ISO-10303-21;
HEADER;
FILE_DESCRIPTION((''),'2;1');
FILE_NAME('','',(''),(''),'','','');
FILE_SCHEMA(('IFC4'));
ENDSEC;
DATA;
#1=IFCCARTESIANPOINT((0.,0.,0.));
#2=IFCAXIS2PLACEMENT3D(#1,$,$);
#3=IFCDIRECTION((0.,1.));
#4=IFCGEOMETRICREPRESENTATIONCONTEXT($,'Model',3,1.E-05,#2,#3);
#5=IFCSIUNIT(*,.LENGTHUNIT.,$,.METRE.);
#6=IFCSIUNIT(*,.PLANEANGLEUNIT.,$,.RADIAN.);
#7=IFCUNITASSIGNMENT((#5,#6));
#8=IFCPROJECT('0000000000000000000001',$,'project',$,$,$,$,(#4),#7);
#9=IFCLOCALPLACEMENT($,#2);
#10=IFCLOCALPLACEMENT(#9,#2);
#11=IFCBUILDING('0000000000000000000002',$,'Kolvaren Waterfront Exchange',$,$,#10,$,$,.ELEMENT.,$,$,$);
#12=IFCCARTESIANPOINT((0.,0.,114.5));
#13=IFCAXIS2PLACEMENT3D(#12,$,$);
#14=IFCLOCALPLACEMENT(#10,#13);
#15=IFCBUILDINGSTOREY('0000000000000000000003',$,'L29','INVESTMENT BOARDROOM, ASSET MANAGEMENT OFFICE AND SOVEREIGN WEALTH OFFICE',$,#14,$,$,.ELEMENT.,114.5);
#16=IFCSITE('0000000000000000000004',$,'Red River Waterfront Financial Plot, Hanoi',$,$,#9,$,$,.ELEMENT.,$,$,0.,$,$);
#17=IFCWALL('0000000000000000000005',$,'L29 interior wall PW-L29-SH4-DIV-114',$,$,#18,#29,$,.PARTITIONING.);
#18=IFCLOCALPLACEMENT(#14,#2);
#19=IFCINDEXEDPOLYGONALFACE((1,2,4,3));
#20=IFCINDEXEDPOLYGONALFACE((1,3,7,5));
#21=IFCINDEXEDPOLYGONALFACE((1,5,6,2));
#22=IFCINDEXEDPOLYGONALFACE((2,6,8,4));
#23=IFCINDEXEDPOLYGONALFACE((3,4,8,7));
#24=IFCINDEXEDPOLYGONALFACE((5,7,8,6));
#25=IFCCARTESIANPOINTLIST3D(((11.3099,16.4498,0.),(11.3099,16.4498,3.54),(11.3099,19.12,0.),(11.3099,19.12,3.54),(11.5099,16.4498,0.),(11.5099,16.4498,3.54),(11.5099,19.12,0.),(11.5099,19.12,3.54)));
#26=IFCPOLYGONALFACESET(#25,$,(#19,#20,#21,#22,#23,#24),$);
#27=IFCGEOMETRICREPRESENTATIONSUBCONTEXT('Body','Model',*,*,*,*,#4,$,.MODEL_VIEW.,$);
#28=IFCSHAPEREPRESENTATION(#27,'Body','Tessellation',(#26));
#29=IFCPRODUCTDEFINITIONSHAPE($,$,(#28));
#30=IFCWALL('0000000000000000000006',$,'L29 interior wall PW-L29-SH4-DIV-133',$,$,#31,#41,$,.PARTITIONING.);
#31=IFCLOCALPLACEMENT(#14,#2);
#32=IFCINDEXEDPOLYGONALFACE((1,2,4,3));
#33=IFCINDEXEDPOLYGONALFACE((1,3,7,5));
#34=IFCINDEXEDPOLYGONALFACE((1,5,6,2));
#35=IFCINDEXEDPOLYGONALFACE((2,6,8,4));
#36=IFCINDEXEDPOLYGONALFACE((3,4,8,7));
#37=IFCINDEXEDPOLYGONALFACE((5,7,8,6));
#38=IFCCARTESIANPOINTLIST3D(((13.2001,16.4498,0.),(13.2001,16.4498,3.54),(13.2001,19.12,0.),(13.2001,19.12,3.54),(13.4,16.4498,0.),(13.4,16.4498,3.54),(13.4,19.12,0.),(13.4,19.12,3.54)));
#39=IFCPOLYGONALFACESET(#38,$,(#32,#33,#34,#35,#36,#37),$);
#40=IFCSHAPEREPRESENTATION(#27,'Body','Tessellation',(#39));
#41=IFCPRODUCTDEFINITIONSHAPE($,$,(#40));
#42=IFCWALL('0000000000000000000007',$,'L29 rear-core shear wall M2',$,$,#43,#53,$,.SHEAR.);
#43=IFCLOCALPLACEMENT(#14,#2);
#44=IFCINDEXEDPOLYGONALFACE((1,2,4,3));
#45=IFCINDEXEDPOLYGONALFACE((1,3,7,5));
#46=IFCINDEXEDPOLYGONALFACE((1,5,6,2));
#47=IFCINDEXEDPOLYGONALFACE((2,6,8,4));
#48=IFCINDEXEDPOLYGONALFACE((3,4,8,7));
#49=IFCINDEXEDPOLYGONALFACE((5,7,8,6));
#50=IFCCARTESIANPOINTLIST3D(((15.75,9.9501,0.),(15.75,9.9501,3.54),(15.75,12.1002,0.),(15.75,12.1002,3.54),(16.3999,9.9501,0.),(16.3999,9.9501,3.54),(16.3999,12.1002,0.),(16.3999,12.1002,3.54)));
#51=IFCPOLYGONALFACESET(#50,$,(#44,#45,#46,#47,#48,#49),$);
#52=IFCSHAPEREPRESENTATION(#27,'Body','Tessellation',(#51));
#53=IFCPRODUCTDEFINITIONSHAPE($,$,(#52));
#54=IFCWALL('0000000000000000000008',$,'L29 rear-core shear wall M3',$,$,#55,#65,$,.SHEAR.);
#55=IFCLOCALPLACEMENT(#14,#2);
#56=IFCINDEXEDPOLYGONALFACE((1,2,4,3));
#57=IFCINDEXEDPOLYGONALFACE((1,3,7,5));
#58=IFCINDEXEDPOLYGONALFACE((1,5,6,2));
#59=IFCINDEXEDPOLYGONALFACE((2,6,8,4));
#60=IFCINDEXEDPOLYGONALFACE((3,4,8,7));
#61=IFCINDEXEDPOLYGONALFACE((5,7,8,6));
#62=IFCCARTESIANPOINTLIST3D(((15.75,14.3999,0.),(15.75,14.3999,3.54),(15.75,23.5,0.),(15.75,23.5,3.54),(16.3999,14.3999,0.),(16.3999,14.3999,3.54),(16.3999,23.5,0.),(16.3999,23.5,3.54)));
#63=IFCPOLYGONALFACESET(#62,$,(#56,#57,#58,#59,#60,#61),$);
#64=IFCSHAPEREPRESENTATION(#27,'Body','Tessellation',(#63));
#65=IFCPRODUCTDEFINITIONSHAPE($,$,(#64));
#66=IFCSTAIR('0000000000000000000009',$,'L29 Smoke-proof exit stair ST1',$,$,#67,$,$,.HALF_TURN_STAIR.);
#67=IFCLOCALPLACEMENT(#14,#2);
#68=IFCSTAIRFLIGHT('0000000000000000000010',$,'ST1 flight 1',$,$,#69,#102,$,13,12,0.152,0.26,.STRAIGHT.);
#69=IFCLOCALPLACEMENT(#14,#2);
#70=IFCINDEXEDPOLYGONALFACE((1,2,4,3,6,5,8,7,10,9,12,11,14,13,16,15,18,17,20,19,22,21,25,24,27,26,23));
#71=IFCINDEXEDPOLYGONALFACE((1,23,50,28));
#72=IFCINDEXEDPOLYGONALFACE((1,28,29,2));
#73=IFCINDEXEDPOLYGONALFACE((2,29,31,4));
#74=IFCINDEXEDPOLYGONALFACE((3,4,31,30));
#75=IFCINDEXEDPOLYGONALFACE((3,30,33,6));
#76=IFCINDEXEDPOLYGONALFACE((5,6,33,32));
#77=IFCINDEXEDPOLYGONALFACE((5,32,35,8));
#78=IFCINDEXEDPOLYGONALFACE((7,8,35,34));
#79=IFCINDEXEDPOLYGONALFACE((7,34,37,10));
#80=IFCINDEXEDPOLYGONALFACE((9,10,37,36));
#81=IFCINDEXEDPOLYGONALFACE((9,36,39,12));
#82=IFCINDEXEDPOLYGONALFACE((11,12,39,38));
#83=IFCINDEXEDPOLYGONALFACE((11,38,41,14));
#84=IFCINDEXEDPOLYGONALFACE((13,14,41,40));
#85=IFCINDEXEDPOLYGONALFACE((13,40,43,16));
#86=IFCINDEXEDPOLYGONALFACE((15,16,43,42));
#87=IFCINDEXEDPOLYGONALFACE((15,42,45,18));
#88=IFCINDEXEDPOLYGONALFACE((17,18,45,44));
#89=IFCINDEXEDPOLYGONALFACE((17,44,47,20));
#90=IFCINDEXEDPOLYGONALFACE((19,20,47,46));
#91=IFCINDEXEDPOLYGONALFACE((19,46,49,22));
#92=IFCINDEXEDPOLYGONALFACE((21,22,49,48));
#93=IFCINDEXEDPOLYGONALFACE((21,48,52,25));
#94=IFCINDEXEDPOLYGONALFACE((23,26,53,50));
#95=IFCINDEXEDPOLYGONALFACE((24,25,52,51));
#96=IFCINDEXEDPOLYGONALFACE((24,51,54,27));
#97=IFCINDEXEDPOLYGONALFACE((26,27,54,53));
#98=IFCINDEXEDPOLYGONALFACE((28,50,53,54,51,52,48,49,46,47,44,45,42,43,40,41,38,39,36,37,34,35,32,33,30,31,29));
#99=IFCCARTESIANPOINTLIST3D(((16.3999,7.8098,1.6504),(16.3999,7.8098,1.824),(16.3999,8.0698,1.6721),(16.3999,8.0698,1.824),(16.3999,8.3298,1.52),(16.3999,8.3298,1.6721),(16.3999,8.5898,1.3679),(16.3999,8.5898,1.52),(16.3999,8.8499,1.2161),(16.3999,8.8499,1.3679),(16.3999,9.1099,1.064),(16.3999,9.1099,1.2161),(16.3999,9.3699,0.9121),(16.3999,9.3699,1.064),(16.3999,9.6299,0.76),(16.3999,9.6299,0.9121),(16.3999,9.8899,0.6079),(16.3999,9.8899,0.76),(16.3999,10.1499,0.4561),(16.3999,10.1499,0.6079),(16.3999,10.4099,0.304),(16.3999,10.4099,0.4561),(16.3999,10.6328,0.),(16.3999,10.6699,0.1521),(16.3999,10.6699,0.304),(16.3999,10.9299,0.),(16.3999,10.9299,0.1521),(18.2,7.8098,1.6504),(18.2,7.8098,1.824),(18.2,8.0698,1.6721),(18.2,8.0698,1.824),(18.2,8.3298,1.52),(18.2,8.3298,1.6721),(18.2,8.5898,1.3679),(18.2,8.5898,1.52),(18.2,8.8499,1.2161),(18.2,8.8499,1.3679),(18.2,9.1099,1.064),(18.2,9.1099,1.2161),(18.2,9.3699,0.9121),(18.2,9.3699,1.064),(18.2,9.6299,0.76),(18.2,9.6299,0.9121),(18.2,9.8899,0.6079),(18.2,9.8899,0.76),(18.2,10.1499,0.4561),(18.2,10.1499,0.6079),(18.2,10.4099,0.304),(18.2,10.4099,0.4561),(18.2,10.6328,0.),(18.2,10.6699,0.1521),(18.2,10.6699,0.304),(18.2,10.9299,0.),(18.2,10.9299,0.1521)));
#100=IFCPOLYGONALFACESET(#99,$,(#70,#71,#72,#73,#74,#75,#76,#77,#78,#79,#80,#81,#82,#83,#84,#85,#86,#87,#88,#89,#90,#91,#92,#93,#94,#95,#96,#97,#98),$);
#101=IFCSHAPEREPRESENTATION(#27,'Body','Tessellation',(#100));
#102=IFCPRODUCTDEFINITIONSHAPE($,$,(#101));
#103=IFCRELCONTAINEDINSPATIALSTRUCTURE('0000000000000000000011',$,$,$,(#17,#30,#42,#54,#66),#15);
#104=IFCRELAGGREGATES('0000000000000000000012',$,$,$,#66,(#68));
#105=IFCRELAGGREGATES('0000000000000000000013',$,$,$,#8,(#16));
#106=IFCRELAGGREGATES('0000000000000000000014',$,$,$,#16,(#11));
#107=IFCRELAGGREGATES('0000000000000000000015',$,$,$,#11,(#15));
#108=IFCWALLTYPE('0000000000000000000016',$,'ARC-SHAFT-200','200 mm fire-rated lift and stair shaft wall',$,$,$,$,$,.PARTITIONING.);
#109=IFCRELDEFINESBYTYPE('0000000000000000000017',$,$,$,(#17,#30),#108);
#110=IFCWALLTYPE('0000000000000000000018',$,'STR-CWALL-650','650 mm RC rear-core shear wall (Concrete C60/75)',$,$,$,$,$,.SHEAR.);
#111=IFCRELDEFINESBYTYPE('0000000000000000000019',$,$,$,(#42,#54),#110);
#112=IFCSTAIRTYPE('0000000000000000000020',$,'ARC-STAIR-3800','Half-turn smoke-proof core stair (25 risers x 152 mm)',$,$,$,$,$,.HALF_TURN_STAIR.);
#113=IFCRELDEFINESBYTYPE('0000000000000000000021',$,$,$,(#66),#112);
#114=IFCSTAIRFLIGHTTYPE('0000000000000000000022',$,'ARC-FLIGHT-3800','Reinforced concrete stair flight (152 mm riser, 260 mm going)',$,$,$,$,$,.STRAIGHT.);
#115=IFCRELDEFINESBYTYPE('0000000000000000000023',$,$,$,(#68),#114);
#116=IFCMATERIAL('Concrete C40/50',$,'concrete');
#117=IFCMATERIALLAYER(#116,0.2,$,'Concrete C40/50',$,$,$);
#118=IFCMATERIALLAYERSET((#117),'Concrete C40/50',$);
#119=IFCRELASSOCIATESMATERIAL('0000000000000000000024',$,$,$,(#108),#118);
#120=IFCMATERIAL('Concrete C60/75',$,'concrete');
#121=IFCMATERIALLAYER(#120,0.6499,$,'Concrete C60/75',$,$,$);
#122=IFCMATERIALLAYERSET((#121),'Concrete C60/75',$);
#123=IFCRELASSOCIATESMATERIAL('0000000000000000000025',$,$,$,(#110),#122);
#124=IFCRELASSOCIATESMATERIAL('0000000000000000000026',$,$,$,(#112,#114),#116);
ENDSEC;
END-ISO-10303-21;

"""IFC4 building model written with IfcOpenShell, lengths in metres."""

from ifc_helpers import new_model, si_unit, direction, frame, frame_2d, origin, place, context, subcontext, project, spatial, polyline, rectangle, outline, extrude, material, layer, layer_set, type_object, element, aggregate, save


model = new_model("IFC4")

# Units and contexts
model_context = context("Model", 3, precision=1e-05, world=origin(), true_north=direction((0.0, 1.0)))
body_context = subcontext(model_context, "Body", "Model", "MODEL_VIEW")
ifc_project = project(units=[si_unit("LENGTHUNIT", "METRE"), si_unit("PLANEANGLEUNIT", "RADIAN")], contexts=[model_context])

# Site, building, storey
site_placement = place(None, origin())
site = spatial("IfcSite", under=ifc_project, at=site_placement, Name="Red River Waterfront Financial Plot, Hanoi", CompositionType="ELEMENT", RefElevation=0.0)
building_placement = place(site_placement, origin())
building = spatial("IfcBuilding", under=site, at=building_placement, Name="Kolvaren Waterfront Exchange", CompositionType="ELEMENT")
storey_placement = place(building_placement, frame((0.0, 0.0, 114.5)))
storey = spatial("IfcBuildingStorey", under=building, at=storey_placement, Name="L29", Description="INVESTMENT BOARDROOM, ASSET MANAGEMENT OFFICE AND SOVEREIGN WEALTH OFFICE", CompositionType="ELEMENT", Elevation=114.5)

# Shared definitions
ifc_material_1 = material(Name="Concrete C60/75", Category="concrete")

# Walls
ifc_material_2 = material(Name="Concrete C40/50", Category="concrete")
ifc_layer_1 = layer(ifc_material_2, 0.2, Name="Concrete C40/50")
ifc_layer_set_1 = layer_set([ifc_layer_1], Name="Concrete C40/50")
wall_type_1 = type_object("IfcWallType", Name="ARC-SHAFT-200", Description="200 mm fire-rated lift and stair shaft wall", PredefinedType="PARTITIONING", material=ifc_layer_set_1)
for number, where, z_axis, x_axis, name in (
    (1, (11.4099, 16.45, 0.0), (0.0, 0.0, 1.0), (0.0, 1.0, 0.0), "L29 interior wall PW-L29-SH4-DIV-114"),
    (2, (13.3, 16.45, 0.0), (0.0, 0.0, 1.0), (0.0, 1.0, 0.0), "L29 interior wall PW-L29-SH4-DIV-133"),
):
    element("IfcWall", number, at=place(storey_placement, frame(where, z_axis=z_axis, x_axis=x_axis)), inside=storey, type_object=wall_type_1, Name=name, PredefinedType="PARTITIONING", context=body_context, shape_type="SweptSolid", body=[
        extrude(rectangle(XDim=2.6702, YDim=0.2, at=frame_2d((1.335, 0.0))), origin(), (0.0, 0.0, 1.0), 3.54),
    ])
ifc_layer_2 = layer(ifc_material_1, 0.6499, Name="Concrete C60/75")
ifc_layer_set_2 = layer_set([ifc_layer_2], Name="Concrete C60/75")
wall_type_2 = type_object("IfcWallType", Name="STR-CWALL-650", Description="650 mm RC rear-core shear wall (Concrete C60/75)", PredefinedType="SHEAR", material=ifc_layer_set_2)
wall_1_placement = place(storey_placement, frame((16.075, 9.95, 0.0), z_axis=(0.0, 0.0, 1.0), x_axis=(0.0, 1.0, 0.0)))
element("IfcWall", 3, at=wall_1_placement, inside=storey, type_object=wall_type_2, Name="L29 rear-core shear wall M2", PredefinedType="SHEAR", context=body_context, shape_type="SweptSolid", body=[
    extrude(rectangle(XDim=2.1501, YDim=0.6499, at=frame_2d((1.0752, 0.0))), origin(), (0.0, 0.0, 1.0), 3.54),
])
wall_2_placement = place(storey_placement, frame((16.075, 14.3999, 0.0), z_axis=(0.0, 0.0, 1.0), x_axis=(0.0, 1.0, 0.0)))
element("IfcWall", 4, at=wall_2_placement, inside=storey, type_object=wall_type_2, Name="L29 rear-core shear wall M3", PredefinedType="SHEAR", context=body_context, shape_type="SweptSolid", body=[
    extrude(rectangle(XDim=9.1001, YDim=0.6499, at=frame_2d((4.55, 0.0))), origin(), (0.0, 0.0, 1.0), 3.54),
])

# Stair, stair flight
stair_type = type_object("IfcStairType", Name="ARC-STAIR-3800", Description="Half-turn smoke-proof core stair (25 risers x 152 mm)", PredefinedType="HALF_TURN_STAIR", material=ifc_material_2)
stair_placement = place(storey_placement, origin())
stair = element("IfcStair", 5, at=stair_placement, inside=storey, type_object=stair_type, Name="L29 Smoke-proof exit stair ST1", PredefinedType="HALF_TURN_STAIR")
stair_flight_type = type_object("IfcStairFlightType", Name="ARC-FLIGHT-3800", Description="Reinforced concrete stair flight (152 mm riser, 260 mm going)", PredefinedType="STRAIGHT", material=ifc_material_2)
stair_flight_placement = place(storey_placement, frame((17.3, 10.9299, 0.0), z_axis=(0.0, 0.0, 1.0), x_axis=(0.0, -1.0, 0.0)))
stair_flight = element("IfcStairFlight", 6, at=stair_flight_placement, type_object=stair_flight_type, Name="ST1 flight 1", NumberOfRisers=13, NumberOfTreads=12, PredefinedType="STRAIGHT", RiserHeight=0.152, TreadLength=0.26, context=body_context, shape_type="SweptSolid", body=[
    extrude(outline(polyline([(0.0, 0.0), (0.0, 0.1521), (0.26, 0.1521), (0.26, 0.304), (0.52, 0.304), (0.52, 0.4561), (0.78, 0.4561), (0.78, 0.6079), (1.04, 0.6079), (1.04, 0.76), (1.3, 0.76), (1.3, 0.9121), (1.5601, 0.9121), (1.5601, 1.064), (1.8201, 1.064), (1.8201, 1.2161), (2.0801, 1.2161), (2.0801, 1.3679), (2.3401, 1.3679), (2.3401, 1.52), (2.6001, 1.52), (2.6001, 1.6721), (2.8601, 1.6721), (2.8601, 1.824), (3.1201, 1.824), (3.1201, 1.9761), (3.1201, 1.6504), (0.2971, 0.0), (0.0, 0.0)])), frame((0.0, 0.8999, 0.0), z_axis=(0.0, -1.0, 0.0), x_axis=(1.0, 0.0, 0.0)), (0.0, 0.0, 1.0), 1.8),
])
aggregate(stair, [stair_flight])

save(model, "model.ifc")
